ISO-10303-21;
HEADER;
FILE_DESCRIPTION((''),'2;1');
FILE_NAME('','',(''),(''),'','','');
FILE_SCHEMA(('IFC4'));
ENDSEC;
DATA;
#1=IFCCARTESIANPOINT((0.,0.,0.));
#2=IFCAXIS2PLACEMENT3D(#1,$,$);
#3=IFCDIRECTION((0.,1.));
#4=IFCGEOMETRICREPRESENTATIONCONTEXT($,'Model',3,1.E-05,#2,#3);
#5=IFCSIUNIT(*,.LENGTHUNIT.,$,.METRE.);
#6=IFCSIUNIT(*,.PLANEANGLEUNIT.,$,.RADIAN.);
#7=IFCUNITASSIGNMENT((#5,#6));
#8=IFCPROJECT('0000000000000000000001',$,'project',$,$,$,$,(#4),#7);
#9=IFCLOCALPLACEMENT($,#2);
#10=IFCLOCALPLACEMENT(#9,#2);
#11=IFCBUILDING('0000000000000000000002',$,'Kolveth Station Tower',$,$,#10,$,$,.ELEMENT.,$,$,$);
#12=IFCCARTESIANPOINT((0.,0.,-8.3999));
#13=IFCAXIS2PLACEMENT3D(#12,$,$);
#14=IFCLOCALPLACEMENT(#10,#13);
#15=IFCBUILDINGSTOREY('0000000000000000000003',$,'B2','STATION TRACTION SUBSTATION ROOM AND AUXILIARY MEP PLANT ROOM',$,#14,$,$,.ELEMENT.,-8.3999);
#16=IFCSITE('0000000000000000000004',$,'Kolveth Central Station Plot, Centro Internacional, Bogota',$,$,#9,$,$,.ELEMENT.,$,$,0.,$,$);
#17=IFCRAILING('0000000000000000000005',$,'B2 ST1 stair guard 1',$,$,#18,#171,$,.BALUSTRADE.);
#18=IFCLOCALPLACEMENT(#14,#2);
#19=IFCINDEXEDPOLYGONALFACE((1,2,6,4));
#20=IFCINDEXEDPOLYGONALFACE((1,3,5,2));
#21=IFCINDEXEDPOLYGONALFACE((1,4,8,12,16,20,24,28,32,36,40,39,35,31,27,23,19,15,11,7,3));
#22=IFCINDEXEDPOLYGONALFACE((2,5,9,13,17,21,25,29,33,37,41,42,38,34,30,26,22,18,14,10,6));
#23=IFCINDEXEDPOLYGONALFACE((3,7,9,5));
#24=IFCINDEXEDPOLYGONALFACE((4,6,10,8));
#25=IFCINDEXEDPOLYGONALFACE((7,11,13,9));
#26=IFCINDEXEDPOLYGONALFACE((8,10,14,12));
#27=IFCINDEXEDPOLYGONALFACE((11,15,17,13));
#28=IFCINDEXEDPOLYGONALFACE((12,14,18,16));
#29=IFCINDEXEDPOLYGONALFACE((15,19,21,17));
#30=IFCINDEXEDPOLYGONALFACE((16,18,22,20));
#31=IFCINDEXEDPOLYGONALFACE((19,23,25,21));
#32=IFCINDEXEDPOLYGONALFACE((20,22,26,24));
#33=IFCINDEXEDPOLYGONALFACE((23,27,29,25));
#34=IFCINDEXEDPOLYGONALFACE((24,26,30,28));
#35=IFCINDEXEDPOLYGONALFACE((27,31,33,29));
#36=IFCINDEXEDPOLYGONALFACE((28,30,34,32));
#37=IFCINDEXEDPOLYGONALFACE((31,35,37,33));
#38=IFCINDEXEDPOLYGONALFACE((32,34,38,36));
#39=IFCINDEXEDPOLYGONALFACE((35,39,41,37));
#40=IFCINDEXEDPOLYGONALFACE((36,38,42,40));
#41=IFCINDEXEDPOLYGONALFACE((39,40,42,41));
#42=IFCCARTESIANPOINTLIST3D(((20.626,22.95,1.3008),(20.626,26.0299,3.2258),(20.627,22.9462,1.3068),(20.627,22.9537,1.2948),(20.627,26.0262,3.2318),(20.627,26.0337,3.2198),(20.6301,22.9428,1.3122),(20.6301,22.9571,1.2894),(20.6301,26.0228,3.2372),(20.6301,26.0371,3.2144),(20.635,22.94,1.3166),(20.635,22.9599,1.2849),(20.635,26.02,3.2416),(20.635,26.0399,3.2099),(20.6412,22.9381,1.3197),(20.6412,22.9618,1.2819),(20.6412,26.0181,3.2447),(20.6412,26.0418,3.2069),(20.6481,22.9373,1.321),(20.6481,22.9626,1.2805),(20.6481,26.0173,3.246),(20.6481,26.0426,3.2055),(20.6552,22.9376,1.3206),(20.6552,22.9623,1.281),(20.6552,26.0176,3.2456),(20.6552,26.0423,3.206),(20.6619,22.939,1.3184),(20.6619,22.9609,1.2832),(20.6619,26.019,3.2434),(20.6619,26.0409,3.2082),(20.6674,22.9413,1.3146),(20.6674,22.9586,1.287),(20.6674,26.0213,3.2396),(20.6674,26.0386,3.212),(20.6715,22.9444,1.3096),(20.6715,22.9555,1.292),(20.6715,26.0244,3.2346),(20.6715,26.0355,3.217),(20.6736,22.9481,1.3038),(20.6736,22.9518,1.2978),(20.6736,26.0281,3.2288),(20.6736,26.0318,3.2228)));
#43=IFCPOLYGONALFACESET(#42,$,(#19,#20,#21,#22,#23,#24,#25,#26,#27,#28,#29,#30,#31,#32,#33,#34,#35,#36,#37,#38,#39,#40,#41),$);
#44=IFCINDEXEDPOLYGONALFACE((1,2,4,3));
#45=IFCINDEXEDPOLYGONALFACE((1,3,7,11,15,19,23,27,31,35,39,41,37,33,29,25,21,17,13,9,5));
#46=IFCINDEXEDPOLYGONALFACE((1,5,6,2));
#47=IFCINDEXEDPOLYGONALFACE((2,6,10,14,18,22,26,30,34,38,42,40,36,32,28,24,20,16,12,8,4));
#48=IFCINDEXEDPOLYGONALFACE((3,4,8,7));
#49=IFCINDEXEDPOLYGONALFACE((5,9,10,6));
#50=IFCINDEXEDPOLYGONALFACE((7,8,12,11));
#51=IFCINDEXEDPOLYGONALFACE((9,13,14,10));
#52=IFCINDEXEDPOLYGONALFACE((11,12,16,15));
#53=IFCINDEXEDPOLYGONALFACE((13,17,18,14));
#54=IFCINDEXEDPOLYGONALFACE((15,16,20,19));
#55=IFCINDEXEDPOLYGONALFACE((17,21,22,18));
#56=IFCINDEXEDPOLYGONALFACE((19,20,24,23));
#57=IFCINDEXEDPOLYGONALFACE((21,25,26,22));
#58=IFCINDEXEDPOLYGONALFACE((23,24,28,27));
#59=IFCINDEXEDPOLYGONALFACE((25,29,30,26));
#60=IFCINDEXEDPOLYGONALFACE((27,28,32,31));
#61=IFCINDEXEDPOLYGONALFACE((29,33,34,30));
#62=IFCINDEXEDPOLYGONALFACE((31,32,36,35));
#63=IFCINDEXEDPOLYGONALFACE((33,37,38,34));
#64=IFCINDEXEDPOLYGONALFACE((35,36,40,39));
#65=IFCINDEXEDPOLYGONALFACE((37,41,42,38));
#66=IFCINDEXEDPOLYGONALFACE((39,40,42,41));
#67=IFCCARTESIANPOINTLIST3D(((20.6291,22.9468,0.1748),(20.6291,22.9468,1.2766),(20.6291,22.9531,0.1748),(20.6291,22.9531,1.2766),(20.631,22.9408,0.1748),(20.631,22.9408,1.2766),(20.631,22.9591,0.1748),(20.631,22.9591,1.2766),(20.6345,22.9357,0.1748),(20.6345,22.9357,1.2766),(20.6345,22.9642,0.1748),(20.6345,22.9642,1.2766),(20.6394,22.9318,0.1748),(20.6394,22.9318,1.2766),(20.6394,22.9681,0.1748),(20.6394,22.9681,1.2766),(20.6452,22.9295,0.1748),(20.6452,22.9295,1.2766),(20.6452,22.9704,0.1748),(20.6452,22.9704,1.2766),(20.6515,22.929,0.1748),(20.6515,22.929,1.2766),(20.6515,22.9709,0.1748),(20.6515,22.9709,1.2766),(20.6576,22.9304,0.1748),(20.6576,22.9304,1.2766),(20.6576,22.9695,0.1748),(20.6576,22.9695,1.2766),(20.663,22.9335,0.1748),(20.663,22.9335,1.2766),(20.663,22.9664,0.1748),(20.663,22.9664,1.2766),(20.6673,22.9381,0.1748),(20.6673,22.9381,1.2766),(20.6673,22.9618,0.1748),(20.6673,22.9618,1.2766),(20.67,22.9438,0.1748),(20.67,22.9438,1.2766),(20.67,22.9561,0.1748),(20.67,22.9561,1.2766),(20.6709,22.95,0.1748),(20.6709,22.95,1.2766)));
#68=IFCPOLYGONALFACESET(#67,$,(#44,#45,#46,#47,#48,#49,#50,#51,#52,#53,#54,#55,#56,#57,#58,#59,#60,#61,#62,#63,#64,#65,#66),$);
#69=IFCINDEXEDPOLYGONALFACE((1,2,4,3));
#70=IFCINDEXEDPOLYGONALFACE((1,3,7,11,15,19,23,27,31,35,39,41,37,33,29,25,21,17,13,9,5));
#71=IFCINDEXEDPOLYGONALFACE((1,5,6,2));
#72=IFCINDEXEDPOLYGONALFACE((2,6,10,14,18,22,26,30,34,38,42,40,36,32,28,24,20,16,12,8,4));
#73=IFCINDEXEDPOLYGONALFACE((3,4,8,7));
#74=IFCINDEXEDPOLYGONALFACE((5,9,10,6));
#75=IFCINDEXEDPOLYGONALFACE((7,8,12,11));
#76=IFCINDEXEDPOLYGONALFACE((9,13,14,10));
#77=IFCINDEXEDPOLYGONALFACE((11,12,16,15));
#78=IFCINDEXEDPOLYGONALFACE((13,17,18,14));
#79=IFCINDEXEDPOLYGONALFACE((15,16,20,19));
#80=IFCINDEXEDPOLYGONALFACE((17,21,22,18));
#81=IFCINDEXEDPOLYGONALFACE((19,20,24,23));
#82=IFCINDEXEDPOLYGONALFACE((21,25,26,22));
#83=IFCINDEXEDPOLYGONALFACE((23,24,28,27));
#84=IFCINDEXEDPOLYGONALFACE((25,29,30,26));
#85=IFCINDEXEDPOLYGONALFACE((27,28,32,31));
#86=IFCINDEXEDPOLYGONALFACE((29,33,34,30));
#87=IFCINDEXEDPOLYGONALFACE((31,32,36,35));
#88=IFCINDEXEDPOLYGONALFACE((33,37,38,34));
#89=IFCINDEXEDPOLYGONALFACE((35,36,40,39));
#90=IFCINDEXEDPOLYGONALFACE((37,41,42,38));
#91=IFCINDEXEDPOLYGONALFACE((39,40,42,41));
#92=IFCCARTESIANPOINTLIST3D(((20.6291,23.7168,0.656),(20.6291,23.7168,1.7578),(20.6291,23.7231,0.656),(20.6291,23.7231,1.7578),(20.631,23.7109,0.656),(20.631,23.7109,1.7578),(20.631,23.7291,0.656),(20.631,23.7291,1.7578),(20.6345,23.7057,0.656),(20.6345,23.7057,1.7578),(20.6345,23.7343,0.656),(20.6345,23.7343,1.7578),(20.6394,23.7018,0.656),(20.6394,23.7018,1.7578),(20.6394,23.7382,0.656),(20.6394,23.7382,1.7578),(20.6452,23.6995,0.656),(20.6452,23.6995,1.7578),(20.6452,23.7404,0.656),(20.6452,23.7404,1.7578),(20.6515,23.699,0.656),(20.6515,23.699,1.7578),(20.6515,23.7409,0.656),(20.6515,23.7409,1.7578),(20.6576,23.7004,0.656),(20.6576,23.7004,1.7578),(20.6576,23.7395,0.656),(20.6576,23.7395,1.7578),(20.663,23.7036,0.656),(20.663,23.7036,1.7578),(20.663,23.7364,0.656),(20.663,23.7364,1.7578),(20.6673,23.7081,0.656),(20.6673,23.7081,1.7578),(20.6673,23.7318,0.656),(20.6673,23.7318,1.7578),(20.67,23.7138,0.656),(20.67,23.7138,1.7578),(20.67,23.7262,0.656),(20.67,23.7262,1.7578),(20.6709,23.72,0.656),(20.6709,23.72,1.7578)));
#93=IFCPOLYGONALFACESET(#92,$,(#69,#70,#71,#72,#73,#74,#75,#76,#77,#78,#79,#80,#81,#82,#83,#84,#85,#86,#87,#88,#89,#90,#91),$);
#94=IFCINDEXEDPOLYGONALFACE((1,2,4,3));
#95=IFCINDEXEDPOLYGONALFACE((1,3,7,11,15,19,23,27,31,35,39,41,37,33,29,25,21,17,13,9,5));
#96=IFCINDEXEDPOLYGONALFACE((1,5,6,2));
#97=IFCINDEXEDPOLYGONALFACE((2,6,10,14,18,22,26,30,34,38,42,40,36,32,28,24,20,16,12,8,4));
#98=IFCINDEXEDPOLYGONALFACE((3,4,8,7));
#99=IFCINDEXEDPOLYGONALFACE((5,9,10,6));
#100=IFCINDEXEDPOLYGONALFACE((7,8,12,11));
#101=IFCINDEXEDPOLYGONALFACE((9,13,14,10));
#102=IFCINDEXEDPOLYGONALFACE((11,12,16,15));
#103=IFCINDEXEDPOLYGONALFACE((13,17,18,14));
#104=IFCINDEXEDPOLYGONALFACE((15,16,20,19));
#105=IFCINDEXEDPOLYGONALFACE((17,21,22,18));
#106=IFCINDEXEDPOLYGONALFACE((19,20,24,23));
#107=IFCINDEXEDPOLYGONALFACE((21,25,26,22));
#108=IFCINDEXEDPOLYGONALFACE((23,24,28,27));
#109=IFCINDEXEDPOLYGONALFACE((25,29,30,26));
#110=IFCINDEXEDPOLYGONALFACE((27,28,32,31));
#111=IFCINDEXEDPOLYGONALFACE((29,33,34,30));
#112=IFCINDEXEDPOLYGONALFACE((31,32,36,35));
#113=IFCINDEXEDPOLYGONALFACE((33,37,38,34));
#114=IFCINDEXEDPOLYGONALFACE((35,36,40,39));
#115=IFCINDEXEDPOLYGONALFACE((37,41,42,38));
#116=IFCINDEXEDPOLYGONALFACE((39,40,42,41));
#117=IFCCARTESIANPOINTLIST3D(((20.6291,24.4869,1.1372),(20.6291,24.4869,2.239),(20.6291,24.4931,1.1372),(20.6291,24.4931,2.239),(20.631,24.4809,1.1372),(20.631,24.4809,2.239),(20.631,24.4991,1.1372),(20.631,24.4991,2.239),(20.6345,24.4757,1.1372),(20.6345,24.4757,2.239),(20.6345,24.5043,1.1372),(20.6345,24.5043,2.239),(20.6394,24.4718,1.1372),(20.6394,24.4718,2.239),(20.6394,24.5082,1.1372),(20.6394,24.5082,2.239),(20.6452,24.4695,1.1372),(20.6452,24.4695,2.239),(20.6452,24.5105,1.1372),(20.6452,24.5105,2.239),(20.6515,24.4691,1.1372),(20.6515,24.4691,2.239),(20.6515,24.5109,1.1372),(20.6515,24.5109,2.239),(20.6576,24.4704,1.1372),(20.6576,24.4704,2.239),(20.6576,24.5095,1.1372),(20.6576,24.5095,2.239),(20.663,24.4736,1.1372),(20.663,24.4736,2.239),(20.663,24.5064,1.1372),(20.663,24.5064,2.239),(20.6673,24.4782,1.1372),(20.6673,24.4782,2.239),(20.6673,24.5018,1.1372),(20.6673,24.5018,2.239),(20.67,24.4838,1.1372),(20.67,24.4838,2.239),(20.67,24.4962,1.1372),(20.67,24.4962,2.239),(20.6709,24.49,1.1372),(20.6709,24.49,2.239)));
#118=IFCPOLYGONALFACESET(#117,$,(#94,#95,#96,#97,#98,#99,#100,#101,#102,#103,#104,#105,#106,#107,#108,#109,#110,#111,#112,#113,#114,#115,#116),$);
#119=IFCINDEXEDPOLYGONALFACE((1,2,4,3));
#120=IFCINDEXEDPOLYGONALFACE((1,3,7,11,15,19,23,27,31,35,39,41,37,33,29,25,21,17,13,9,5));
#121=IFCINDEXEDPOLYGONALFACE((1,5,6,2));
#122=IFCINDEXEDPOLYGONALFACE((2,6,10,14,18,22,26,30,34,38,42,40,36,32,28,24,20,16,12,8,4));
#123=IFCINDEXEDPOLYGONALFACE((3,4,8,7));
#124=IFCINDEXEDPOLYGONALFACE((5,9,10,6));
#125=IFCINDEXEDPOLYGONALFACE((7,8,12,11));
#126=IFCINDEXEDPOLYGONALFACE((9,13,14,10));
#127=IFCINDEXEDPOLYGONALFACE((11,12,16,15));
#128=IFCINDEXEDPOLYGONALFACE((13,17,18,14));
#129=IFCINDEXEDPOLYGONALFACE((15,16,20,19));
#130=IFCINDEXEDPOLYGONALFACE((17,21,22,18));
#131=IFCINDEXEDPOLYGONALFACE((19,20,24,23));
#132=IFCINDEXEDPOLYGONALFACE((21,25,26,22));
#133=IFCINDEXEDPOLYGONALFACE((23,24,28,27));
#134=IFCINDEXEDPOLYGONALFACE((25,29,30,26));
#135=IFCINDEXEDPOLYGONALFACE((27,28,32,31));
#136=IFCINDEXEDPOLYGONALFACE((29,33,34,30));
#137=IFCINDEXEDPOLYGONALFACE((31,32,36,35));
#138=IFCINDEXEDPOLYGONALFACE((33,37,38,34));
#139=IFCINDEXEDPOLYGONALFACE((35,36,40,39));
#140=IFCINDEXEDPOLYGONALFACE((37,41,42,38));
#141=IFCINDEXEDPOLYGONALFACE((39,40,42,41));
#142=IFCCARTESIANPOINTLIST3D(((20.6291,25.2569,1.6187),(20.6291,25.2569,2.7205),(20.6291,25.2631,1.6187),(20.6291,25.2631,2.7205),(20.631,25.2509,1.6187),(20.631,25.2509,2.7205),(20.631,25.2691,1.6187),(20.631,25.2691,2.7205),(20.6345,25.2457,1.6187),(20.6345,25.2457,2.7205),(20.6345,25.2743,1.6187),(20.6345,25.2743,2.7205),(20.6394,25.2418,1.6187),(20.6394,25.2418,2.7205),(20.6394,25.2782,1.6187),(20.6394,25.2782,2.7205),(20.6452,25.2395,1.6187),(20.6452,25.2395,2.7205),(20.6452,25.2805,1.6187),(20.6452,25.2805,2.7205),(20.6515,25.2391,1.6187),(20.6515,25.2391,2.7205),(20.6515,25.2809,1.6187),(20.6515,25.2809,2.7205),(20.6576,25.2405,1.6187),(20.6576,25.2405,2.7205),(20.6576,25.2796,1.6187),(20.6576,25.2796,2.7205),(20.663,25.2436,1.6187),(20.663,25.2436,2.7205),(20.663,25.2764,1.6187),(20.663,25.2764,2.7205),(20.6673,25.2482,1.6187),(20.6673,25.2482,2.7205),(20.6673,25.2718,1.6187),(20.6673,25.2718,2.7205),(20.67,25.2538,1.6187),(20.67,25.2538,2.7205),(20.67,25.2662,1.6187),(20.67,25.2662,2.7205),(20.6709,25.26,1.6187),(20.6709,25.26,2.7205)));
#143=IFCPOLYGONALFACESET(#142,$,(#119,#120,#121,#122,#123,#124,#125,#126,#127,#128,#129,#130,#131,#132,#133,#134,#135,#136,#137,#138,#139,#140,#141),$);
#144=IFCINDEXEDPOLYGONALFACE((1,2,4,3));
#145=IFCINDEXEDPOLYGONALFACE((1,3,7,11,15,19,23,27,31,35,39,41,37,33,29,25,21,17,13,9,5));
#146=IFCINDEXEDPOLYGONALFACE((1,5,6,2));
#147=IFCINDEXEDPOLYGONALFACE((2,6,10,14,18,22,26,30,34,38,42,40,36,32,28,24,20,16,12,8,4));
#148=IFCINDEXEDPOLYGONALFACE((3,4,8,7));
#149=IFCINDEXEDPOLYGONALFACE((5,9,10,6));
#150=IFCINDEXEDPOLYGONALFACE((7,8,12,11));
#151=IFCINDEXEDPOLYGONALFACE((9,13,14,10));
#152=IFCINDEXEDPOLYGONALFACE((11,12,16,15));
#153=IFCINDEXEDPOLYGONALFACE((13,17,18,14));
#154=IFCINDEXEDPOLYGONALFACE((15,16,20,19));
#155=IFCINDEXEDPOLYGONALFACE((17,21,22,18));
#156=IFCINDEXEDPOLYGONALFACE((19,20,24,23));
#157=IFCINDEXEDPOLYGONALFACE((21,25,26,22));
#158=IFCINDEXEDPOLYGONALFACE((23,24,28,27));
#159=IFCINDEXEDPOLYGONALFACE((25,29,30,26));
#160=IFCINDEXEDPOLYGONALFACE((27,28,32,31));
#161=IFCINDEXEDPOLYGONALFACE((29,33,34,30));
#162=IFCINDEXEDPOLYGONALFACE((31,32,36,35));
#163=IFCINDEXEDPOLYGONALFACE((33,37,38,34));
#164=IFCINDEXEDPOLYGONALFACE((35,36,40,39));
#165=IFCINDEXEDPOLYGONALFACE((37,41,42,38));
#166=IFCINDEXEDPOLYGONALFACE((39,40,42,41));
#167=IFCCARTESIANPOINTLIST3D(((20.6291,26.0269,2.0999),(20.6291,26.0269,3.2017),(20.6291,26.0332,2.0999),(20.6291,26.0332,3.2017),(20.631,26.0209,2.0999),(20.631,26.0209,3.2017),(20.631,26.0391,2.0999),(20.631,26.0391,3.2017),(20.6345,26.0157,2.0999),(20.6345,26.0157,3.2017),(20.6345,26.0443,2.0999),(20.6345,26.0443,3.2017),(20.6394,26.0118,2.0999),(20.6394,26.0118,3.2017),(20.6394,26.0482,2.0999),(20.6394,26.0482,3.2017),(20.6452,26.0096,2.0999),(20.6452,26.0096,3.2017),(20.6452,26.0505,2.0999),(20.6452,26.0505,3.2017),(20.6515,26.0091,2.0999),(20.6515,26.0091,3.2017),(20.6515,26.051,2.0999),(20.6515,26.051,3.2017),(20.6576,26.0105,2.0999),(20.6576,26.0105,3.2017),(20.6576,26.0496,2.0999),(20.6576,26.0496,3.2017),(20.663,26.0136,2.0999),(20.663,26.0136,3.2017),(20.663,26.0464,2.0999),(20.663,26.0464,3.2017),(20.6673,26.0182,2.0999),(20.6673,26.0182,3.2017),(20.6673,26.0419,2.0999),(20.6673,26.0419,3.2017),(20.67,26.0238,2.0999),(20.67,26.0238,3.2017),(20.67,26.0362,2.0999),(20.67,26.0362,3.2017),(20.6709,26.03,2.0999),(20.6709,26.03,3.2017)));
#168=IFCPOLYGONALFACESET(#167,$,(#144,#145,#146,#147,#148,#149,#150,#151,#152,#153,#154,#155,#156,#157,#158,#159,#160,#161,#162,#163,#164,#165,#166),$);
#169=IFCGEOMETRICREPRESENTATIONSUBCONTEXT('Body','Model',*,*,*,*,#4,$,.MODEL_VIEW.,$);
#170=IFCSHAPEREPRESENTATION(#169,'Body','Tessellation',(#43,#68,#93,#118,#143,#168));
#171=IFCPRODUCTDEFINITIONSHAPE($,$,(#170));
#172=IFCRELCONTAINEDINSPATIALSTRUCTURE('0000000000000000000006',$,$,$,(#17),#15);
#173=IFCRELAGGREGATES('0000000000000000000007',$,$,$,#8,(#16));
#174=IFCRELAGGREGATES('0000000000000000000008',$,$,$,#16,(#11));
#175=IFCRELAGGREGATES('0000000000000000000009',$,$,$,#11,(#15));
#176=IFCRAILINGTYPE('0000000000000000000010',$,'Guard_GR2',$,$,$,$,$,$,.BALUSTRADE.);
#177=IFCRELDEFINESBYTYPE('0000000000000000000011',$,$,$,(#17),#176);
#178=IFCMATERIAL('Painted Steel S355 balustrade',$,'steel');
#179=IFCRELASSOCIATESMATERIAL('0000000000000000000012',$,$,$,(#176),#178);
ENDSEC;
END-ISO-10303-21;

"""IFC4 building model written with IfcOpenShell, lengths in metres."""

from ifc_helpers import new_model, si_unit, direction, frame, origin, origin_2d, place, context, subcontext, project, spatial, circle, extrude, material, type_object, element, save


model = new_model("IFC4")

# Units and contexts
model_context = context("Model", 3, precision=1e-05, world=origin(), true_north=direction((0.0, 1.0)))
body_context = subcontext(model_context, "Body", "Model", "MODEL_VIEW")
ifc_project = project(units=[si_unit("LENGTHUNIT", "METRE"), si_unit("PLANEANGLEUNIT", "RADIAN")], contexts=[model_context])

# Site, building, storey
site_placement = place(None, origin())
site = spatial("IfcSite", under=ifc_project, at=site_placement, Name="Kolveth Central Station Plot, Centro Internacional, Bogota", CompositionType="ELEMENT", RefElevation=0.0)
building_placement = place(site_placement, origin())
building = spatial("IfcBuilding", under=site, at=building_placement, Name="Kolveth Station Tower", CompositionType="ELEMENT")
storey_placement = place(building_placement, frame((0.0, 0.0, -8.3999)))
storey = spatial("IfcBuildingStorey", under=building, at=storey_placement, Name="B2", Description="STATION TRACTION SUBSTATION ROOM AND AUXILIARY MEP PLANT ROOM", CompositionType="ELEMENT", Elevation=-8.3999)

# Railing
ifc_material_1 = material(Name="Painted Steel S355 balustrade", Category="steel")
railing_type_1 = type_object("IfcRailingType", Name="Guard_GR2", PredefinedType="BALUSTRADE", material=ifc_material_1)
railing_1_placement = place(storey_placement, frame((20.6499, 22.95, 0.1748)))
element("IfcRailing", 1, at=railing_1_placement, inside=storey, type_object=railing_type_1, Name="B2 ST1 stair guard 1", PredefinedType="BALUSTRADE", context=body_context, shape_type="SweptSolid", body=[
    extrude(circle(Radius=0.0239, at=origin_2d()), frame((0.0, 0.0, 1.126), z_axis=(0.0, 0.847998, 0.529999), x_axis=(-1.0, 0.0, 0.0)), (0.0, 0.0, 1.0), 3.6321),
    extrude(circle(Radius=0.021, at=origin_2d()), origin(), (0.0, 0.0, 1.0), 1.1018),
    extrude(circle(Radius=0.021, at=origin_2d()), frame((0.0, 0.77, 0.4812)), (0.0, 0.0, 1.0), 1.1018),
    extrude(circle(Radius=0.021, at=origin_2d()), frame((0.0, 1.54, 0.9624)), (0.0, 0.0, 1.0), 1.1018),
    extrude(circle(Radius=0.021, at=origin_2d()), frame((0.0, 2.3101, 1.4438)), (0.0, 0.0, 1.0), 1.1018),
    extrude(circle(Radius=0.021, at=origin_2d()), frame((0.0, 3.0801, 1.925)), (0.0, 0.0, 1.0), 1.1018),
])

save(model, "model.ifc")
